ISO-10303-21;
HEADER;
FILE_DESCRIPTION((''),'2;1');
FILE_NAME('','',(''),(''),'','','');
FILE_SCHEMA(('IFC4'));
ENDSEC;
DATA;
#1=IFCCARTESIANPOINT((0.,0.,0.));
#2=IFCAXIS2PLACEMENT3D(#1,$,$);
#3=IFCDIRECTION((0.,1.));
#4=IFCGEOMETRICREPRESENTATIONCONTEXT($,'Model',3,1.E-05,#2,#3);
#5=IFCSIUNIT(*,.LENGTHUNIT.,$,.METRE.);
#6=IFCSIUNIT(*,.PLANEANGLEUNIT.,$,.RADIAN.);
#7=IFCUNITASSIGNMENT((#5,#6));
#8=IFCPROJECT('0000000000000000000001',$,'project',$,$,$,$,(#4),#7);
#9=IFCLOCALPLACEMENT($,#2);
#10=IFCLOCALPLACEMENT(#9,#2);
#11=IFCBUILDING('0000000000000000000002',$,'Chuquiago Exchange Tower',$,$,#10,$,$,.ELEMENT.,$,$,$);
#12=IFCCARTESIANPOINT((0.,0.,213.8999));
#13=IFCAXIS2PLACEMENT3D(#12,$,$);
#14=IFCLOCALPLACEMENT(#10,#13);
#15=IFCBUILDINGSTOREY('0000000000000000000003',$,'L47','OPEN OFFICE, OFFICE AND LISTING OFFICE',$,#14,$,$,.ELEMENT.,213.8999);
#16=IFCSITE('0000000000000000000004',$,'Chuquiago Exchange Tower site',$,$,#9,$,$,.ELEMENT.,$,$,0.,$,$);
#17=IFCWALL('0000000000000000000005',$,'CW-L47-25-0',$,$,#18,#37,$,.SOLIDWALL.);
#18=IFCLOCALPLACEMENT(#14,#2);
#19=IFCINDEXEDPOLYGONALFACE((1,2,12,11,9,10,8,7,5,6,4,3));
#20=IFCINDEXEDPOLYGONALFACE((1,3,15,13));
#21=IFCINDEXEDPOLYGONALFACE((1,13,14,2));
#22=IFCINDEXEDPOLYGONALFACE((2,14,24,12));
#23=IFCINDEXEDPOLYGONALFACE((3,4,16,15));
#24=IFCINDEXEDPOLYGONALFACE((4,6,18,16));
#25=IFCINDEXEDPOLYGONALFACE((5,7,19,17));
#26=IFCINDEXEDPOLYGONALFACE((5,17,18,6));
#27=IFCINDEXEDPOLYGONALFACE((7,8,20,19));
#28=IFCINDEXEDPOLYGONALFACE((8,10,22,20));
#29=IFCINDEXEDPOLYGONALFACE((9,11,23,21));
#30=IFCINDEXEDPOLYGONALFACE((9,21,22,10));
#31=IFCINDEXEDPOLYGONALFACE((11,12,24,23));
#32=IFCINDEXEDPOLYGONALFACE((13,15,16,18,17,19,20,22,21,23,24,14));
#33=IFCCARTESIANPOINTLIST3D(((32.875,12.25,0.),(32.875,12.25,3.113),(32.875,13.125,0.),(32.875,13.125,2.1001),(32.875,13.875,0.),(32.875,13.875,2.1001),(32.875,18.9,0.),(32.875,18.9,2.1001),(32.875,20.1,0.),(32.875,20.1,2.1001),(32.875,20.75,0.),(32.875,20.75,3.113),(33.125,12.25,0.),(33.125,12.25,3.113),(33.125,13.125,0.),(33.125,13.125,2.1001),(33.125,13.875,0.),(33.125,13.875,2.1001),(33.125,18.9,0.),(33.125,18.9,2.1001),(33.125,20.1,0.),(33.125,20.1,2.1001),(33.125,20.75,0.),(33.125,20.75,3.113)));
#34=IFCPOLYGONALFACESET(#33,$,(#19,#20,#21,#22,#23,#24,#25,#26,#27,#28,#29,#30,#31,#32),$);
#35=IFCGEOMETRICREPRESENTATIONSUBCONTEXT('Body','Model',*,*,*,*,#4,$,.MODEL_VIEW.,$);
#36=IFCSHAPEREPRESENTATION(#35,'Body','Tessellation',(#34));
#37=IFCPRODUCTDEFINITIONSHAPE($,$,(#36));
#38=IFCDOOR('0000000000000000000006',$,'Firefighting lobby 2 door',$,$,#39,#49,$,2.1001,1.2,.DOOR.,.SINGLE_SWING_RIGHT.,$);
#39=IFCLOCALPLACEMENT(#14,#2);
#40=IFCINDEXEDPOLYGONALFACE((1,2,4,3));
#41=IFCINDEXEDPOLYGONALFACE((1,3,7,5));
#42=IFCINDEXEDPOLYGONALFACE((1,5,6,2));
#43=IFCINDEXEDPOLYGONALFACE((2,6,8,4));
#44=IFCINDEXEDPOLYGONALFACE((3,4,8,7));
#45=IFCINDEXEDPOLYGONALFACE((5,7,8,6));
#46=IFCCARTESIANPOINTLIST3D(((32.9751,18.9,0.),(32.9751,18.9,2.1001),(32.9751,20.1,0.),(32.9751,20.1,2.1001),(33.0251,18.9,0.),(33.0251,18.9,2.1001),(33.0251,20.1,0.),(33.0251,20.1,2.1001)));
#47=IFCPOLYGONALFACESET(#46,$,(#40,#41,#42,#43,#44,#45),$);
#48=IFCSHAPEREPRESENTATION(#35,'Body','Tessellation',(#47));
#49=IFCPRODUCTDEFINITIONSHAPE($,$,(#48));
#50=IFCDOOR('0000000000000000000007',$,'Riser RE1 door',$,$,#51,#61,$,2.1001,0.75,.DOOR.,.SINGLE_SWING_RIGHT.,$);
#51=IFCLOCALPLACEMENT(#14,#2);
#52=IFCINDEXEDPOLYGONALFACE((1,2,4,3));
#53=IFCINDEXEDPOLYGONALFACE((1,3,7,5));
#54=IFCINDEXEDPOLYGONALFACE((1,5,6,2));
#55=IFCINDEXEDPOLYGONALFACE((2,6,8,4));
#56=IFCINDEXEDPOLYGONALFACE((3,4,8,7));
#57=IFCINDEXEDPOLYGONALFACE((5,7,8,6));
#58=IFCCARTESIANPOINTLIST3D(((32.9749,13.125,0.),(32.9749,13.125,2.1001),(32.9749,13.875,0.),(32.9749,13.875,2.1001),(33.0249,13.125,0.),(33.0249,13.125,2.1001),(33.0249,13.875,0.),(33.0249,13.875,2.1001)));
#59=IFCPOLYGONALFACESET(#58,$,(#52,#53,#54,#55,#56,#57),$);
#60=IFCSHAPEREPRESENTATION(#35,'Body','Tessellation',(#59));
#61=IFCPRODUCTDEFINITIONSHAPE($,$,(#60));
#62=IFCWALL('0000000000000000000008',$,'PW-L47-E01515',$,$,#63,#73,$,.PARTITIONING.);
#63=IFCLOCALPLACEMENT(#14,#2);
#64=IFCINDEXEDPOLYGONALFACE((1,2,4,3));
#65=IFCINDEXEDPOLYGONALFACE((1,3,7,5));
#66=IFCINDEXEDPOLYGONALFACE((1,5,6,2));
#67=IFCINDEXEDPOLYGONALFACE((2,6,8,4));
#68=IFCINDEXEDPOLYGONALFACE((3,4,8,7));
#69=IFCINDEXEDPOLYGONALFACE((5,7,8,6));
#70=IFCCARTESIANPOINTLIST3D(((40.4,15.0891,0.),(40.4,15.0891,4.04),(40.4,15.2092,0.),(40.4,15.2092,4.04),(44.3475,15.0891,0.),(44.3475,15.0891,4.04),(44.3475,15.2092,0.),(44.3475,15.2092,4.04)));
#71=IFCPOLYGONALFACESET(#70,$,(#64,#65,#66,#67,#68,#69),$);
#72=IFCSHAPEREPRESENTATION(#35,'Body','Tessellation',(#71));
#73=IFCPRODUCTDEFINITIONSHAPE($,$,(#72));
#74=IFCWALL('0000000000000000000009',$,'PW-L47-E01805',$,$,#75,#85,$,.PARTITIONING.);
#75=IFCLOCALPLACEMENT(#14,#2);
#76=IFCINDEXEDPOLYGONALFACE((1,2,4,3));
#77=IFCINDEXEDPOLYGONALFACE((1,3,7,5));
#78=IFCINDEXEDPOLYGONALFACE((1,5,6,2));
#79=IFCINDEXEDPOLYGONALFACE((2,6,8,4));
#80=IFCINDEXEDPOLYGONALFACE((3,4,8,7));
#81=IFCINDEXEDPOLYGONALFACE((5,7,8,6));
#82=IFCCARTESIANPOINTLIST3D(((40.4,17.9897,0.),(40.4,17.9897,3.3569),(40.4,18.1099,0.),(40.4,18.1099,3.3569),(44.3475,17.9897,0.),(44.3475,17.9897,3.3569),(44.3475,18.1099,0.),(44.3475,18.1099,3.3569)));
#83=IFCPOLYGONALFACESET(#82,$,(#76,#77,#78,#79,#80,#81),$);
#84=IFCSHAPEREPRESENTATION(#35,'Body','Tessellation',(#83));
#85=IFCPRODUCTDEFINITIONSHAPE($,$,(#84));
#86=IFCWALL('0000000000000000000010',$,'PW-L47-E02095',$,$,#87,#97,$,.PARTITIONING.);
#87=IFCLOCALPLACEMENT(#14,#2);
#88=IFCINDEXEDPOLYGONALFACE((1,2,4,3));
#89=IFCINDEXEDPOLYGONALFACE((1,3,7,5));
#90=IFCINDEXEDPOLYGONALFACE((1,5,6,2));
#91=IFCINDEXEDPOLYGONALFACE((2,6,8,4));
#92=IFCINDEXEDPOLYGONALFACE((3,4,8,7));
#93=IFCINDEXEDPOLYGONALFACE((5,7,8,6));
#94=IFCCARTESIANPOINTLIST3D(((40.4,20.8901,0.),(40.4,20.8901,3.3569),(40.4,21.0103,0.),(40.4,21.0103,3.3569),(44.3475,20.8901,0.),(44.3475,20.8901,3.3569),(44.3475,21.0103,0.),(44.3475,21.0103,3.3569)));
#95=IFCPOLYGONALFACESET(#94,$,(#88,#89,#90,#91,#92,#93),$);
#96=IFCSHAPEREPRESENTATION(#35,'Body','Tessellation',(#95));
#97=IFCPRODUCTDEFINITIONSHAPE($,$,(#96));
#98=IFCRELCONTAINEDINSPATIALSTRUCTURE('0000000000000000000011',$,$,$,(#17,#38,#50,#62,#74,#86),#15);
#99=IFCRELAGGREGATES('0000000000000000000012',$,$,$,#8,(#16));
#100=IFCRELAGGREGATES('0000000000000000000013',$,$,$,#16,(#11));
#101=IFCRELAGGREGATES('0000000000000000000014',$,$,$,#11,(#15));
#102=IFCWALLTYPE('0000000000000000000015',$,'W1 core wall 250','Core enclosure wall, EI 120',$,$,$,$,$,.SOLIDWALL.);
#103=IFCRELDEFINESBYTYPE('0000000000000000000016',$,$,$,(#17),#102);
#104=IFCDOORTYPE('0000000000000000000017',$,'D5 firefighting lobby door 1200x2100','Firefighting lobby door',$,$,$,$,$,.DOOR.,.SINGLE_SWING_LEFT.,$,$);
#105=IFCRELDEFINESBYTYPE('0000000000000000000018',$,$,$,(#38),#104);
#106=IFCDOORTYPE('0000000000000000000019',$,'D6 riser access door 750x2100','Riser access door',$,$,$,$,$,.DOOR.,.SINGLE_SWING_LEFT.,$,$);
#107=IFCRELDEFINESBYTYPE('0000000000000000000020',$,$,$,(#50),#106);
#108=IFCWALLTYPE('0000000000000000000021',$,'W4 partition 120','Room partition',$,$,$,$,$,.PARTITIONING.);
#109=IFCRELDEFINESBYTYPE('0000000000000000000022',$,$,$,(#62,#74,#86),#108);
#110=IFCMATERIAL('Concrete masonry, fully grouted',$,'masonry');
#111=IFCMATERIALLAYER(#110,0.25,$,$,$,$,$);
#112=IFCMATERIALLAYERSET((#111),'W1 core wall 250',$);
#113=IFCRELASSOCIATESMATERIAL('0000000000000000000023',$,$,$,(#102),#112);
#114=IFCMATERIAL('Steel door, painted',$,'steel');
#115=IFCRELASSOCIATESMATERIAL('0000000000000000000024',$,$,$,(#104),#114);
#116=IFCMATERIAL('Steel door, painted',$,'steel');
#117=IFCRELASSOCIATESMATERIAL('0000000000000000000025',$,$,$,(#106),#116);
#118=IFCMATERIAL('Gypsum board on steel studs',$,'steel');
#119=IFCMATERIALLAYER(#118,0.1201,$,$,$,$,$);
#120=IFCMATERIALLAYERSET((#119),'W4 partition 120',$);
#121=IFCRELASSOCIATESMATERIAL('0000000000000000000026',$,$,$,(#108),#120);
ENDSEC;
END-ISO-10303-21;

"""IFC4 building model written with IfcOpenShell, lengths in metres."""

from ifc_helpers import new_model, si_unit, direction, frame, frame_2d, origin, place, context, subcontext, project, spatial, rectangle, extrude, material, layer, layer_set, type_object, element, fill, save


model = new_model("IFC4")

# Units and contexts
model_context = context("Model", 3, precision=1e-05, world=origin(), true_north=direction((0.0, 1.0)))
body_context = subcontext(model_context, "Body", "Model", "MODEL_VIEW")
ifc_project = project(units=[si_unit("LENGTHUNIT", "METRE"), si_unit("PLANEANGLEUNIT", "RADIAN")], contexts=[model_context])

# Site, building, storey
site_placement = place(None, origin())
site = spatial("IfcSite", under=ifc_project, at=site_placement, Name="Chuquiago Exchange Tower site", CompositionType="ELEMENT", RefElevation=0.0)
building_placement = place(site_placement, origin())
building = spatial("IfcBuilding", under=site, at=building_placement, Name="Chuquiago Exchange Tower", CompositionType="ELEMENT")
storey_placement = place(building_placement, frame((0.0, 0.0, 213.8999)))
storey = spatial("IfcBuildingStorey", under=building, at=storey_placement, Name="L47", Description="OPEN OFFICE, OFFICE AND LISTING OFFICE", CompositionType="ELEMENT", Elevation=213.8999)

# Wall, openings, doors
ifc_material_1 = material(Name="Concrete masonry, fully grouted", Category="masonry")
ifc_layer_1 = layer(ifc_material_1, 0.25)
ifc_layer_set_1 = layer_set([ifc_layer_1], Name="W1 core wall 250")
wall_type_1 = type_object("IfcWallType", Name="W1 core wall 250", Description="Core enclosure wall, EI 120", PredefinedType="SOLIDWALL", material=ifc_layer_set_1)
wall_1_placement = place(storey_placement, frame((33.0, 12.25, 0.0), z_axis=(0.0, 0.0, 1.0), x_axis=(0.0, 1.0, 0.0)))
wall_1 = element("IfcWall", 1, at=wall_1_placement, inside=storey, type_object=wall_type_1, Name="CW-L47-25-0", PredefinedType="SOLIDWALL", context=body_context, shape_type="SweptSolid", body=[
    extrude(rectangle(XDim=8.5, YDim=0.25, at=frame_2d((4.25, 0.0))), origin(), (0.0, 0.0, 1.0), 3.113),
])
opening_1_placement = place(wall_1_placement, frame((6.6499, 0.0, 0.0)))
opening_1 = element("IfcOpeningElement", 2, at=opening_1_placement, cuts=wall_1, PredefinedType="OPENING", context=body_context, shape_type="SweptSolid", body=[
    extrude(rectangle(XDim=1.2, YDim=2.1001, at=frame_2d((0.6001, 1.05))), frame((0.0, 0.135, 0.0), z_axis=(0.0, -1.0, 0.0), x_axis=(1.0, 0.0, 0.0)), (0.0, 0.0, 1.0), 0.27),
])
opening_2_placement = place(wall_1_placement, frame((0.875, 0.0, 0.0)))
opening_2 = element("IfcOpeningElement", 3, at=opening_2_placement, cuts=wall_1, PredefinedType="OPENING", context=body_context, shape_type="SweptSolid", body=[
    extrude(rectangle(XDim=0.75, YDim=2.1001, at=frame_2d((0.375, 1.05))), frame((0.0, 0.135, 0.0), z_axis=(0.0, -1.0, 0.0), x_axis=(1.0, 0.0, 0.0)), (0.0, 0.0, 1.0), 0.27),
])
ifc_material_2 = material(Name="Steel door, painted", Category="steel")
door_type_1 = type_object("IfcDoorType", Name="D5 firefighting lobby door 1200x2100", Description="Firefighting lobby door", OperationType="SINGLE_SWING_LEFT", PredefinedType="DOOR", material=ifc_material_2)
door_1_placement = place(opening_1_placement, origin())
door_1 = element("IfcDoor", 4, at=door_1_placement, inside=storey, type_object=door_type_1, Name="Firefighting lobby 2 door", OperationType="SINGLE_SWING_RIGHT", OverallHeight=2.1001, OverallWidth=1.2, PredefinedType="DOOR", context=body_context, shape_type="SweptSolid", body=[
    extrude(rectangle(XDim=1.2, YDim=2.1001, at=frame_2d((0.6001, 1.05))), frame((0.0, 0.0249, 0.0), z_axis=(0.0, -1.0, 0.0), x_axis=(1.0, 0.0, 0.0)), (0.0, 0.0, 1.0), 0.05),
])
fill(opening_1, door_1)
ifc_material_3 = material(Name="Steel door, painted", Category="steel")
door_type_2 = type_object("IfcDoorType", Name="D6 riser access door 750x2100", Description="Riser access door", OperationType="SINGLE_SWING_LEFT", PredefinedType="DOOR", material=ifc_material_3)
door_2_placement = place(opening_2_placement, frame((0.75, 0.0, 0.0), z_axis=(0.0, 0.0, 1.0), x_axis=(-1.0, 0.0, 0.0)))
door_2 = element("IfcDoor", 5, at=door_2_placement, inside=storey, type_object=door_type_2, Name="Riser RE1 door", OperationType="SINGLE_SWING_RIGHT", OverallHeight=2.1001, OverallWidth=0.75, PredefinedType="DOOR", context=body_context, shape_type="SweptSolid", body=[
    extrude(rectangle(XDim=0.75, YDim=2.1001, at=frame_2d((0.375, 1.05))), frame((0.0, 0.0249, 0.0), z_axis=(0.0, -1.0, 0.0), x_axis=(1.0, 0.0, 0.0)), (0.0, 0.0, 1.0), 0.05),
])
fill(opening_2, door_2)

# Walls
ifc_material_4 = material(Name="Gypsum board on steel studs", Category="steel")
ifc_layer_2 = layer(ifc_material_4, 0.1201)
ifc_layer_set_2 = layer_set([ifc_layer_2], Name="W4 partition 120")
wall_type_2 = type_object("IfcWallType", Name="W4 partition 120", Description="Room partition", PredefinedType="PARTITIONING", material=ifc_layer_set_2)
wall_2_placement = place(storey_placement, frame((44.3474, 15.1492, 0.0), z_axis=(0.0, 0.0, 1.0), x_axis=(-1.0, 0.0, 0.0)))
element("IfcWall", 6, at=wall_2_placement, inside=storey, type_object=wall_type_2, Name="PW-L47-E01515", PredefinedType="PARTITIONING", context=body_context, shape_type="SweptSolid", body=[
    extrude(rectangle(XDim=3.9475, YDim=0.1201, at=frame_2d((1.9736, 0.0))), origin(), (0.0, 0.0, 1.0), 4.04),
])
for number, where, z_axis, x_axis, name in (
    (7, (44.3474, 18.0498, 0.0), (0.0, 0.0, 1.0), (-1.0, 0.0, 0.0), "PW-L47-E01805"),
    (8, (44.3474, 20.9502, 0.0), (0.0, 0.0, 1.0), (-1.0, 0.0, 0.0), "PW-L47-E02095"),
):
    element("IfcWall", number, at=place(storey_placement, frame(where, z_axis=z_axis, x_axis=x_axis)), inside=storey, type_object=wall_type_2, Name=name, PredefinedType="PARTITIONING", context=body_context, shape_type="SweptSolid", body=[
        extrude(rectangle(XDim=3.9475, YDim=0.1201, at=frame_2d((1.9736, 0.0))), origin(), (0.0, 0.0, 1.0), 3.3569),
    ])

save(model, "model.ifc")
